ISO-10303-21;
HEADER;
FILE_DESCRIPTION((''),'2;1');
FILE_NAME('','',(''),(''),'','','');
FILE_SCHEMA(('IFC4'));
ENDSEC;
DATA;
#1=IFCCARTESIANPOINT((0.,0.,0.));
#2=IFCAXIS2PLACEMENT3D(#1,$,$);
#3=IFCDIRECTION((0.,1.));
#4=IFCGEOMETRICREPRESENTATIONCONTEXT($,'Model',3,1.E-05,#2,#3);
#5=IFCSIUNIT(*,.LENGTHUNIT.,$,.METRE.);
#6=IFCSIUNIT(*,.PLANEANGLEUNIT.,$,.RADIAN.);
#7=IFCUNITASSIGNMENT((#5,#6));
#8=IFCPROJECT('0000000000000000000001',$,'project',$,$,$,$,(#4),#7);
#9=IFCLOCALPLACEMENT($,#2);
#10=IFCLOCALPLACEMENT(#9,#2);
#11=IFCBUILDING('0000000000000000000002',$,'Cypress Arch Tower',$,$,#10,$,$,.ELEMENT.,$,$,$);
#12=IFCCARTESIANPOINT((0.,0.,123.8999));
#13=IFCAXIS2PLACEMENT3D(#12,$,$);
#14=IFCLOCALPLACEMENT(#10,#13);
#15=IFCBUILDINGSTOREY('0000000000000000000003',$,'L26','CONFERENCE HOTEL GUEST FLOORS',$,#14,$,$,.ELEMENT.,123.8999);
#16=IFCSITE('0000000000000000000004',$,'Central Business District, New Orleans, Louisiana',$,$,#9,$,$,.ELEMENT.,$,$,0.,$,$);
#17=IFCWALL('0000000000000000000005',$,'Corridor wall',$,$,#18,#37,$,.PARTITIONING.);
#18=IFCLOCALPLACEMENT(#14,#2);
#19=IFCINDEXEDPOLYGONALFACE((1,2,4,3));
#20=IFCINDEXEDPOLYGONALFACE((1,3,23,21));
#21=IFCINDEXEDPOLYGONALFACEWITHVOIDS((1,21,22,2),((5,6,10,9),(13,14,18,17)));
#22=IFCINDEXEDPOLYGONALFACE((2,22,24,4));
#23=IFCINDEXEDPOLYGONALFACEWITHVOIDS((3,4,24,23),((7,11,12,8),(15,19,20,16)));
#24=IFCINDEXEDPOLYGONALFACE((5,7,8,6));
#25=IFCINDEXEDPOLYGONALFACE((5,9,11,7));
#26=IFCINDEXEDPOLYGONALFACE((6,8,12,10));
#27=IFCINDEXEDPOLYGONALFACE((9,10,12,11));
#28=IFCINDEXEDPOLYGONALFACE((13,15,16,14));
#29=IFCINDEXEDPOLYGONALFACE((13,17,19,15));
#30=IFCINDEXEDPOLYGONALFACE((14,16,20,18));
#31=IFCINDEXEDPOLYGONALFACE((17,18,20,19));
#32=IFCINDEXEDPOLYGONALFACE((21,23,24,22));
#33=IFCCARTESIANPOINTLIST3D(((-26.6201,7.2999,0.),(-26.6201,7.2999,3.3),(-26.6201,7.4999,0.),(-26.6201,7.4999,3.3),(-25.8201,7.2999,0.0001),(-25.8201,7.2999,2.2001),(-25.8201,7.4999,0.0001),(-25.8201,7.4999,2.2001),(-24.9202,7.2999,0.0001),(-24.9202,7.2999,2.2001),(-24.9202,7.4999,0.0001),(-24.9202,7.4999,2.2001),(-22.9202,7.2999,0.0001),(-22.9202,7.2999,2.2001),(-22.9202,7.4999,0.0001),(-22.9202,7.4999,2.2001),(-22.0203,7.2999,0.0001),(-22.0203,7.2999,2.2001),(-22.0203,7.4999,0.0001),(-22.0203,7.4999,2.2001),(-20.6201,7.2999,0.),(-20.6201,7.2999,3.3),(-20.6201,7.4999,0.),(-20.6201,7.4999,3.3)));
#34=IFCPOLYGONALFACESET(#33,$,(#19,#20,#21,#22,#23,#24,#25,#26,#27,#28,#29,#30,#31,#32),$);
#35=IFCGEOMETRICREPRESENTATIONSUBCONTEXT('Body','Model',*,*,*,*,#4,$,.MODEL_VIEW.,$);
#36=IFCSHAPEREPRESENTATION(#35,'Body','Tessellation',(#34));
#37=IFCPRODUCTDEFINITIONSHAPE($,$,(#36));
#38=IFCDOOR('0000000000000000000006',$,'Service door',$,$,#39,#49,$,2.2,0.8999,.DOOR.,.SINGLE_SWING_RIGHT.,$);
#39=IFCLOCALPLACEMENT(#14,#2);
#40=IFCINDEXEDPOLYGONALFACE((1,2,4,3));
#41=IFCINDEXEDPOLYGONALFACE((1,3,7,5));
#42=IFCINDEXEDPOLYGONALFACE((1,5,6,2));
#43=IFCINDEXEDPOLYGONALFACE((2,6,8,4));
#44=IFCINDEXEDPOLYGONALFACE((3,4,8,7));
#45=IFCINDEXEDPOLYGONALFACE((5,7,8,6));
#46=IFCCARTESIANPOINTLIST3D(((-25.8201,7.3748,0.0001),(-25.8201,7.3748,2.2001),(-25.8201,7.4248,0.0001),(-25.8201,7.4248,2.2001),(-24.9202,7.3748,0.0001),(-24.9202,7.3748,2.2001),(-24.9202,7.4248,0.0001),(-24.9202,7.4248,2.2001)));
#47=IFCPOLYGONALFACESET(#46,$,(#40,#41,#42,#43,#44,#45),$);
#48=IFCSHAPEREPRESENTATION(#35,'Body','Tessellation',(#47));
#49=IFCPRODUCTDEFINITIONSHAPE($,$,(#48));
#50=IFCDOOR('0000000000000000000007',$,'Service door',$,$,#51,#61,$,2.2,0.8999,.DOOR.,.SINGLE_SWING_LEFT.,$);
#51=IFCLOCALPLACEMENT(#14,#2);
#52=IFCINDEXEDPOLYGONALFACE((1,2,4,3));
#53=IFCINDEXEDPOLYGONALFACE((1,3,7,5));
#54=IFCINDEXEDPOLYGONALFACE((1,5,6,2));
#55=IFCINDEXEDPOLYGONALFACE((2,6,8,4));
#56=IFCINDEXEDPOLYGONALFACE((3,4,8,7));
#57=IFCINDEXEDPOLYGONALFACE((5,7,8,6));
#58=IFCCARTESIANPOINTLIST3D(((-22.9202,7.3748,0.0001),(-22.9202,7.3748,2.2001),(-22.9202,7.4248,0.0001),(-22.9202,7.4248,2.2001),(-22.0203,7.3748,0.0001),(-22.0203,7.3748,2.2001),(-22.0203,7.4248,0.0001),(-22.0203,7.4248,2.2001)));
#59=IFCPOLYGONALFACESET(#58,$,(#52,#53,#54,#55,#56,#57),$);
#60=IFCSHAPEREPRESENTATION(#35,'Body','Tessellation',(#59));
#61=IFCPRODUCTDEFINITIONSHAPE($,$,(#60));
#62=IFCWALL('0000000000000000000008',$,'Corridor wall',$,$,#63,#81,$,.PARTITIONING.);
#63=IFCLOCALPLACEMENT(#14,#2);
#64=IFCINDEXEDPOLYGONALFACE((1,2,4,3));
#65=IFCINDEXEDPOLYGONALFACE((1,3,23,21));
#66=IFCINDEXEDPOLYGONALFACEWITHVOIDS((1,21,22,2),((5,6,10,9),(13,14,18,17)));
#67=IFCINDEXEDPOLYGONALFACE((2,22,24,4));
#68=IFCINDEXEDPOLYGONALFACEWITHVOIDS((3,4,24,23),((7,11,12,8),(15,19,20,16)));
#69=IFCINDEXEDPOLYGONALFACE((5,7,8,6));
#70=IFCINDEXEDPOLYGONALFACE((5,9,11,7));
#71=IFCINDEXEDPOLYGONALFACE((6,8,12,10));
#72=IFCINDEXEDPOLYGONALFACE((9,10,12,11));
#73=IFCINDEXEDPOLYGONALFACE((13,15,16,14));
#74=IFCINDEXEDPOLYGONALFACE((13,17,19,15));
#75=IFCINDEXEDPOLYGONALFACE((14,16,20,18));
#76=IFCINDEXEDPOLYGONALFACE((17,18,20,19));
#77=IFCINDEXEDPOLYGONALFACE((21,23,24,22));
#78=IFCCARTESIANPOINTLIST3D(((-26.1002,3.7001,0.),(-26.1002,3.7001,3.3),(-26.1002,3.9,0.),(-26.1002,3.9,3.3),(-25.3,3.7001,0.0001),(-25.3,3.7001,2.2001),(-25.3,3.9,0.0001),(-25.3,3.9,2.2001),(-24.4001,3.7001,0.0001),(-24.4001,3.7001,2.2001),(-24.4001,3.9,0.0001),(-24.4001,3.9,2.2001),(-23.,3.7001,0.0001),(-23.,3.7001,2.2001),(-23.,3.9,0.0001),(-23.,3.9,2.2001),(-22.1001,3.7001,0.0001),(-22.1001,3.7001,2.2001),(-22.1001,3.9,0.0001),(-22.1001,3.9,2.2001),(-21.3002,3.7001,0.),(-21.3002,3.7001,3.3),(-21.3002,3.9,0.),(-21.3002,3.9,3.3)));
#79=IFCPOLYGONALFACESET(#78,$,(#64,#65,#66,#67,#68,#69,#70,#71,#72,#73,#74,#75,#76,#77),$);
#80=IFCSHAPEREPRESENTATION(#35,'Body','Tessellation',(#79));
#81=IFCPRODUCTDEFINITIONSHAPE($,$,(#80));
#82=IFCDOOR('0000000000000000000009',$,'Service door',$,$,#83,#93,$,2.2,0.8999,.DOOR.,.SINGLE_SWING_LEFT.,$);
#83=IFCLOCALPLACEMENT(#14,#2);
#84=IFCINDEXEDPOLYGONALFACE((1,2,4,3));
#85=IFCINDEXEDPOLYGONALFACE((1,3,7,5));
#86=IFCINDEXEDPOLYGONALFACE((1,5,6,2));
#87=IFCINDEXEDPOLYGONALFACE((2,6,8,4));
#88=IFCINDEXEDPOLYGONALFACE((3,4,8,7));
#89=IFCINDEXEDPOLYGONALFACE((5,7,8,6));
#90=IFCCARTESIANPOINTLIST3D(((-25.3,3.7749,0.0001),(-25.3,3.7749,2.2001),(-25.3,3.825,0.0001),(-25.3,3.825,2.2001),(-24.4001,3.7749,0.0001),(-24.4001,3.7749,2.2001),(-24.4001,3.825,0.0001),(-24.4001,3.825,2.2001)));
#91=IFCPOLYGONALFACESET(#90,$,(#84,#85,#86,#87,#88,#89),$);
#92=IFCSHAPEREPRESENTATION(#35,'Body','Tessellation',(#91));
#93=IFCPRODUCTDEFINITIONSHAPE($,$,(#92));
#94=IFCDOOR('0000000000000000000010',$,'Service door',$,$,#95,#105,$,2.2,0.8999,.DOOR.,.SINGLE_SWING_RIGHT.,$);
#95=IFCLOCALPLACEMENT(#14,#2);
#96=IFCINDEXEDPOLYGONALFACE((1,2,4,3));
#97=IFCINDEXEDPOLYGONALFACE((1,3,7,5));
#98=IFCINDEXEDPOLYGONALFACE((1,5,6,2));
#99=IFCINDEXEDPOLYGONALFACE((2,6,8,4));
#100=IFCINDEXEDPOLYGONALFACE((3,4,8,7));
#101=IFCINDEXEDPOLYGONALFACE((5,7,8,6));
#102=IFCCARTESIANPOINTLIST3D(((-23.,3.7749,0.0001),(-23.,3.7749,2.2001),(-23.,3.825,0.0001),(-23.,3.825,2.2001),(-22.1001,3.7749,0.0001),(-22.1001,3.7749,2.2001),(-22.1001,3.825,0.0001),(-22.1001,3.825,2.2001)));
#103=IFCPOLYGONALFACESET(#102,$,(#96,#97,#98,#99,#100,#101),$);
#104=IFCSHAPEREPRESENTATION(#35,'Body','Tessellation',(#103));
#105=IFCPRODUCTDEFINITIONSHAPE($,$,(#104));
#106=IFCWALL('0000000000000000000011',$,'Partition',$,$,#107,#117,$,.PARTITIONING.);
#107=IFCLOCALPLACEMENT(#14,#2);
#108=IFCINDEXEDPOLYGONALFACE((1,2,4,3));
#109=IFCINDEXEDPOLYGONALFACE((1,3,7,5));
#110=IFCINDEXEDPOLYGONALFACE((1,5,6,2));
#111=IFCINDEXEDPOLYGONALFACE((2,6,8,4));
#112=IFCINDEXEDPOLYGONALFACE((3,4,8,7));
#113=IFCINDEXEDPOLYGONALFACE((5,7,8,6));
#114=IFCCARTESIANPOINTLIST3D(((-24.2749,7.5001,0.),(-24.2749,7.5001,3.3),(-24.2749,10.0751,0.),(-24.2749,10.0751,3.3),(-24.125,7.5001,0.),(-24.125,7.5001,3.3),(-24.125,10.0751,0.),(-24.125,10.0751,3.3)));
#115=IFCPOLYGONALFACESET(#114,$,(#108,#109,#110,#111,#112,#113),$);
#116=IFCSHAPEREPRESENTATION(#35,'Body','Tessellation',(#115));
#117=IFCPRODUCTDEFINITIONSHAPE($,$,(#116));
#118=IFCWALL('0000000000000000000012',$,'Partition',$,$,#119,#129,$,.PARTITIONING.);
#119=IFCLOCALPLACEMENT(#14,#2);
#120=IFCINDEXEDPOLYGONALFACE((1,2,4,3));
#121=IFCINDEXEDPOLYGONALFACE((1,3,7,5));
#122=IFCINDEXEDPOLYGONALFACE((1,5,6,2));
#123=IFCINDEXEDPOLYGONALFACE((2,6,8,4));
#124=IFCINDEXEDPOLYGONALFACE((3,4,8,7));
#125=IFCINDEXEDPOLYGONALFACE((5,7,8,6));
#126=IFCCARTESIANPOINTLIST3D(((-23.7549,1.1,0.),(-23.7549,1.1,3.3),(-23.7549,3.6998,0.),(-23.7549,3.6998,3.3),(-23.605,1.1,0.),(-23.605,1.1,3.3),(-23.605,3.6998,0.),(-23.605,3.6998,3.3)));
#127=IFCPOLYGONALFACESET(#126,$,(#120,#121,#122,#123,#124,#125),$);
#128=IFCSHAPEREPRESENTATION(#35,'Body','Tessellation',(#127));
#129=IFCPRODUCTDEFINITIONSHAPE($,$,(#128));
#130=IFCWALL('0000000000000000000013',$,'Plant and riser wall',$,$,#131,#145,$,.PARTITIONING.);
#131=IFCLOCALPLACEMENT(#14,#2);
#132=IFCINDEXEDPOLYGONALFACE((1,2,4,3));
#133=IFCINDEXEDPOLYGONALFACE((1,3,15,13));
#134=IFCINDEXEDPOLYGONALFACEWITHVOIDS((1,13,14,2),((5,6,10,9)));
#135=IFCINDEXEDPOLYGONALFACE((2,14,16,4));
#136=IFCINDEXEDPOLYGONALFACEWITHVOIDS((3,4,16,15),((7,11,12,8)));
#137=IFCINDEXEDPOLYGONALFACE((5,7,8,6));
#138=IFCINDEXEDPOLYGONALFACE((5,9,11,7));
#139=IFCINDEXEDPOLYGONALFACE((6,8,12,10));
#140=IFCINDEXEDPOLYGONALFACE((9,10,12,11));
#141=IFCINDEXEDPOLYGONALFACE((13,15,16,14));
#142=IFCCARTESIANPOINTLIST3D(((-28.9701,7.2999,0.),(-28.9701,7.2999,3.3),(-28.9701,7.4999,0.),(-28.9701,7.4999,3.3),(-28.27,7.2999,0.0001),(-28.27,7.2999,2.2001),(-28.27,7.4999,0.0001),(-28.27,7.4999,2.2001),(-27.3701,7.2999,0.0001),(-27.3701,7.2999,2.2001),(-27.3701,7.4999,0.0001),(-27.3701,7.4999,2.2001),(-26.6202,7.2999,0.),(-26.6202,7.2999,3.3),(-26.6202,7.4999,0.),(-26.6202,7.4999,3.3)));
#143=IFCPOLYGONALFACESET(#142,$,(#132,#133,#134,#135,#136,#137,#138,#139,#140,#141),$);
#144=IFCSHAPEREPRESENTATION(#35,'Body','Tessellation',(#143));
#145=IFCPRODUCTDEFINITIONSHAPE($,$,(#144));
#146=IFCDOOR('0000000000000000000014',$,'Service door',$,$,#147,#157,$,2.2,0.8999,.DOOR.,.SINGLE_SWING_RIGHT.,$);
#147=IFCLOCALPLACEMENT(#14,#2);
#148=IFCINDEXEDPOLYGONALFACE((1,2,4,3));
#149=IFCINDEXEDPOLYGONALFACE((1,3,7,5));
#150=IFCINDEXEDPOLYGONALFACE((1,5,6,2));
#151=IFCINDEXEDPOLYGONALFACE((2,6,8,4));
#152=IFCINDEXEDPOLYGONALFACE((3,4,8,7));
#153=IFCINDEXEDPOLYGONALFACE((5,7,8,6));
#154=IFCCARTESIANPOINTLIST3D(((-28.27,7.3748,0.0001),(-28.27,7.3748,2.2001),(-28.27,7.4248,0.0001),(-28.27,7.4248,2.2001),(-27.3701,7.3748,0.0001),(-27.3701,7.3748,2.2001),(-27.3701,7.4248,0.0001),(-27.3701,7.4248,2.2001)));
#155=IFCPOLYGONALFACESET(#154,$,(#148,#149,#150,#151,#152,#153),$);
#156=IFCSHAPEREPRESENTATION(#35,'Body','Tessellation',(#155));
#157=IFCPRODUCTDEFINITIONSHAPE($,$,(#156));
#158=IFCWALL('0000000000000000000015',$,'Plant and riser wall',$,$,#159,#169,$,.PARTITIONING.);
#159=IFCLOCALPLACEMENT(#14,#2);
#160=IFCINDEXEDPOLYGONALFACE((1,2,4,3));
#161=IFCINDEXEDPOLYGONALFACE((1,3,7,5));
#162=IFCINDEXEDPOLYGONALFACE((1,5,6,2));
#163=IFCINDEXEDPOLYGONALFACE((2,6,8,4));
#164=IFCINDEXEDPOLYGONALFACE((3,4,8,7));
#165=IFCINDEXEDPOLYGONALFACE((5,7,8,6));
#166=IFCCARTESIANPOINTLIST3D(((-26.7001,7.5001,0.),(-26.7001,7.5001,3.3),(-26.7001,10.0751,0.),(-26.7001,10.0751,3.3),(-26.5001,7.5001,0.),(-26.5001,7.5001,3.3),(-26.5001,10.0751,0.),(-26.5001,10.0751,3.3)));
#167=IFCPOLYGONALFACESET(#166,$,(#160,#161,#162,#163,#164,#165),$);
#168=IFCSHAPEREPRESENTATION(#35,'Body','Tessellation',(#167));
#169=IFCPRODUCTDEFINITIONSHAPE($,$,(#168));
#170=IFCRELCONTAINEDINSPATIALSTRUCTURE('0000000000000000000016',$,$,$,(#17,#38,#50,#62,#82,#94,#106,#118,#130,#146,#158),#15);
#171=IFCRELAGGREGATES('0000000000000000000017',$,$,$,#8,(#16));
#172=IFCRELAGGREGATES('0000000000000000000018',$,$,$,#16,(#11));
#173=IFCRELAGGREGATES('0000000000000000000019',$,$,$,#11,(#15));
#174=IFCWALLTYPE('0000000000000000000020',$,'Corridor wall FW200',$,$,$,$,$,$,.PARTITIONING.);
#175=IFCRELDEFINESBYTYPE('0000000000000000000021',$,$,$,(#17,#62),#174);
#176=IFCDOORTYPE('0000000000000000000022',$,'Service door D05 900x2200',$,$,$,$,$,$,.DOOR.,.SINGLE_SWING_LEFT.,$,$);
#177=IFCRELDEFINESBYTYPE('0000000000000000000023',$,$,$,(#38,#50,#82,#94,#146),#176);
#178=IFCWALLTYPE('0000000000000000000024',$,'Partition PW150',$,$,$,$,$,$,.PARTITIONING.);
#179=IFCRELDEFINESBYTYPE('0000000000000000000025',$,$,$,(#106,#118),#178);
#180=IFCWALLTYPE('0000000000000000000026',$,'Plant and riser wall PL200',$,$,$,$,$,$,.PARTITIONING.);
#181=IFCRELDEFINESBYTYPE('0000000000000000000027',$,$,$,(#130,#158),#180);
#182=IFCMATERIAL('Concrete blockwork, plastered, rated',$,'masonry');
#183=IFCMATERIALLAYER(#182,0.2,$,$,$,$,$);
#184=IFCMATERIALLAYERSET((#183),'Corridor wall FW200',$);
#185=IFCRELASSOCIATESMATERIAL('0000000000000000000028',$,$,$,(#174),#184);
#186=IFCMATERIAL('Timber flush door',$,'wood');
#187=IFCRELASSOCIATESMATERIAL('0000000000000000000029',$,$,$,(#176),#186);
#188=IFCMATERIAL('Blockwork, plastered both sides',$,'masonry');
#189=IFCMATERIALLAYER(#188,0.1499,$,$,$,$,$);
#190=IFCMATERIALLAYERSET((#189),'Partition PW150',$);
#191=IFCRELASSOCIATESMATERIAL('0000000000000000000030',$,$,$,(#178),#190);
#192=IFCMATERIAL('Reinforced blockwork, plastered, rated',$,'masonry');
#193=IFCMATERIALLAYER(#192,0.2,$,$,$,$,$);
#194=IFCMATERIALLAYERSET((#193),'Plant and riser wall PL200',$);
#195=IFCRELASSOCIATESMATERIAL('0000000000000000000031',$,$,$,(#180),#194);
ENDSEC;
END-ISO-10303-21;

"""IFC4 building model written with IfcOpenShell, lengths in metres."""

from ifc_helpers import new_model, si_unit, direction, frame, frame_2d, origin, place, context, subcontext, project, spatial, rectangle, extrude, material, layer, layer_set, type_object, element, fill, save


model = new_model("IFC4")

# Units and contexts
model_context = context("Model", 3, precision=1e-05, world=origin(), true_north=direction((0.0, 1.0)))
body_context = subcontext(model_context, "Body", "Model", "MODEL_VIEW")
ifc_project = project(units=[si_unit("LENGTHUNIT", "METRE"), si_unit("PLANEANGLEUNIT", "RADIAN")], contexts=[model_context])

# Site, building, storey
site_placement = place(None, origin())
site = spatial("IfcSite", under=ifc_project, at=site_placement, Name="Central Business District, New Orleans, Louisiana", CompositionType="ELEMENT", RefElevation=0.0)
building_placement = place(site_placement, origin())
building = spatial("IfcBuilding", under=site, at=building_placement, Name="Cypress Arch Tower", CompositionType="ELEMENT")
storey_placement = place(building_placement, frame((0.0, 0.0, 123.8999)))
storey = spatial("IfcBuildingStorey", under=building, at=storey_placement, Name="L26", Description="CONFERENCE HOTEL GUEST FLOORS", CompositionType="ELEMENT", Elevation=123.8999)

# Walls, openings, doors
ifc_material_1 = material(Name="Concrete blockwork, plastered, rated", Category="masonry")
ifc_layer_1 = layer(ifc_material_1, 0.2)
ifc_layer_set_1 = layer_set([ifc_layer_1], Name="Corridor wall FW200")
wall_type_1 = type_object("IfcWallType", Name="Corridor wall FW200", PredefinedType="PARTITIONING", material=ifc_layer_set_1)
wall_1_placement = place(storey_placement, frame((-26.6201, 7.3999, 0.0), z_axis=(0.0, 0.0, 1.0), x_axis=(1.0, 0.0, 0.0)))
wall_1 = element("IfcWall", 1, at=wall_1_placement, inside=storey, type_object=wall_type_1, Name="Corridor wall", PredefinedType="PARTITIONING", context=body_context, shape_type="SweptSolid", body=[
    extrude(rectangle(XDim=6.0, YDim=0.2, at=frame_2d((3.0, 0.0))), origin(), (0.0, 0.0, 1.0), 3.3),
])
opening_1_placement = place(wall_1_placement, frame((0.8, 0.0, 0.0)))
opening_1 = element("IfcOpeningElement", 2, at=opening_1_placement, cuts=wall_1, PredefinedType="OPENING", context=body_context, shape_type="SweptSolid", body=[
    extrude(rectangle(XDim=0.8999, YDim=2.2, at=frame_2d((0.45, 1.1001))), frame((0.0, 0.1099, 0.0), z_axis=(0.0, -1.0, 0.0), x_axis=(1.0, 0.0, 0.0)), (0.0, 0.0, 1.0), 0.22),
])
opening_2_placement = place(wall_1_placement, frame((3.7, 0.0, 0.0)))
opening_2 = element("IfcOpeningElement", 3, at=opening_2_placement, cuts=wall_1, PredefinedType="OPENING", context=body_context, shape_type="SweptSolid", body=[
    extrude(rectangle(XDim=0.8999, YDim=2.2, at=frame_2d((0.45, 1.1001))), frame((0.0, 0.1099, 0.0), z_axis=(0.0, -1.0, 0.0), x_axis=(1.0, 0.0, 0.0)), (0.0, 0.0, 1.0), 0.22),
])
ifc_material_2 = material(Name="Timber flush door", Category="wood")
door_type = type_object("IfcDoorType", Name="Service door D05 900x2200", OperationType="SINGLE_SWING_LEFT", PredefinedType="DOOR", material=ifc_material_2)
door_1_placement = place(opening_1_placement, origin())
door_1 = element("IfcDoor", 4, at=door_1_placement, inside=storey, type_object=door_type, Name="Service door", OperationType="SINGLE_SWING_RIGHT", OverallHeight=2.2, OverallWidth=0.8999, PredefinedType="DOOR", context=body_context, shape_type="SweptSolid", body=[
    extrude(rectangle(XDim=0.8999, YDim=2.2, at=frame_2d((0.45, 1.1001))), frame((0.0, 0.0249, 0.0), z_axis=(0.0, -1.0, 0.0), x_axis=(1.0, 0.0, 0.0)), (0.0, 0.0, 1.0), 0.05),
])
fill(opening_1, door_1)
door_2_placement = place(opening_2_placement, origin())
door_2 = element("IfcDoor", 5, at=door_2_placement, inside=storey, type_object=door_type, Name="Service door", OperationType="SINGLE_SWING_LEFT", OverallHeight=2.2, OverallWidth=0.8999, PredefinedType="DOOR", context=body_context, shape_type="SweptSolid", body=[
    extrude(rectangle(XDim=0.8999, YDim=2.2, at=frame_2d((0.45, 1.1001))), frame((0.0, 0.0249, 0.0), z_axis=(0.0, -1.0, 0.0), x_axis=(1.0, 0.0, 0.0)), (0.0, 0.0, 1.0), 0.05),
])
fill(opening_2, door_2)
wall_2_placement = place(storey_placement, frame((-26.1001, 3.8, 0.0), z_axis=(0.0, 0.0, 1.0), x_axis=(1.0, 0.0, 0.0)))
wall_2 = element("IfcWall", 6, at=wall_2_placement, inside=storey, type_object=wall_type_1, Name="Corridor wall", PredefinedType="PARTITIONING", context=body_context, shape_type="SweptSolid", body=[
    extrude(rectangle(XDim=4.8, YDim=0.2, at=frame_2d((2.3999, 0.0))), origin(), (0.0, 0.0, 1.0), 3.3),
])
opening_3_placement = place(wall_2_placement, frame((0.8, 0.0, 0.0)))
opening_3 = element("IfcOpeningElement", 7, at=opening_3_placement, cuts=wall_2, PredefinedType="OPENING", context=body_context, shape_type="SweptSolid", body=[
    extrude(rectangle(XDim=0.8999, YDim=2.2, at=frame_2d((0.45, 1.1001))), frame((0.0, 0.1099, 0.0), z_axis=(0.0, -1.0, 0.0), x_axis=(1.0, 0.0, 0.0)), (0.0, 0.0, 1.0), 0.22),
])
opening_4_placement = place(wall_2_placement, frame((3.1001, 0.0, 0.0)))
opening_4 = element("IfcOpeningElement", 8, at=opening_4_placement, cuts=wall_2, PredefinedType="OPENING", context=body_context, shape_type="SweptSolid", body=[
    extrude(rectangle(XDim=0.8999, YDim=2.2, at=frame_2d((0.45, 1.1001))), frame((0.0, 0.1099, 0.0), z_axis=(0.0, -1.0, 0.0), x_axis=(1.0, 0.0, 0.0)), (0.0, 0.0, 1.0), 0.22),
])
door_3_placement = place(opening_3_placement, origin())
door_3 = element("IfcDoor", 9, at=door_3_placement, inside=storey, type_object=door_type, Name="Service door", OperationType="SINGLE_SWING_LEFT", OverallHeight=2.2, OverallWidth=0.8999, PredefinedType="DOOR", context=body_context, shape_type="SweptSolid", body=[
    extrude(rectangle(XDim=0.8999, YDim=2.2, at=frame_2d((0.45, 1.1001))), frame((0.0, 0.0249, 0.0), z_axis=(0.0, -1.0, 0.0), x_axis=(1.0, 0.0, 0.0)), (0.0, 0.0, 1.0), 0.05),
])
fill(opening_3, door_3)
door_4_placement = place(opening_4_placement, origin())
door_4 = element("IfcDoor", 10, at=door_4_placement, inside=storey, type_object=door_type, Name="Service door", OperationType="SINGLE_SWING_RIGHT", OverallHeight=2.2, OverallWidth=0.8999, PredefinedType="DOOR", context=body_context, shape_type="SweptSolid", body=[
    extrude(rectangle(XDim=0.8999, YDim=2.2, at=frame_2d((0.45, 1.1001))), frame((0.0, 0.0249, 0.0), z_axis=(0.0, -1.0, 0.0), x_axis=(1.0, 0.0, 0.0)), (0.0, 0.0, 1.0), 0.05),
])
fill(opening_4, door_4)

# Walls
ifc_material_3 = material(Name="Blockwork, plastered both sides", Category="masonry")
ifc_layer_2 = layer(ifc_material_3, 0.1499)
ifc_layer_set_2 = layer_set([ifc_layer_2], Name="Partition PW150")
wall_type_2 = type_object("IfcWallType", Name="Partition PW150", PredefinedType="PARTITIONING", material=ifc_layer_set_2)
wall_3_placement = place(storey_placement, frame((-24.2, 7.5, 0.0), z_axis=(0.0, 0.0, 1.0), x_axis=(0.0, 1.0, 0.0)))
element("IfcWall", 11, at=wall_3_placement, inside=storey, type_object=wall_type_2, Name="Partition", PredefinedType="PARTITIONING", context=body_context, shape_type="SweptSolid", body=[
    extrude(rectangle(XDim=2.575, YDim=0.1499, at=frame_2d((1.2876, 0.0))), origin(), (0.0, 0.0, 1.0), 3.3),
])
wall_4_placement = place(storey_placement, frame((-23.6799, 1.1001, 0.0), z_axis=(0.0, 0.0, 1.0), x_axis=(0.0, 1.0, 0.0)))
element("IfcWall", 12, at=wall_4_placement, inside=storey, type_object=wall_type_2, Name="Partition", PredefinedType="PARTITIONING", context=body_context, shape_type="SweptSolid", body=[
    extrude(rectangle(XDim=2.5999, YDim=0.1499, at=frame_2d((1.2998, 0.0))), origin(), (0.0, 0.0, 1.0), 3.3),
])

# Wall, opening, door
ifc_material_4 = material(Name="Reinforced blockwork, plastered, rated", Category="masonry")
ifc_layer_3 = layer(ifc_material_4, 0.2)
ifc_layer_set_3 = layer_set([ifc_layer_3], Name="Plant and riser wall PL200")
wall_type_3 = type_object("IfcWallType", Name="Plant and riser wall PL200", PredefinedType="PARTITIONING", material=ifc_layer_set_3)
wall_5_placement = place(storey_placement, frame((-28.97, 7.3999, 0.0), z_axis=(0.0, 0.0, 1.0), x_axis=(1.0, 0.0, 0.0)))
wall_5 = element("IfcWall", 13, at=wall_5_placement, inside=storey, type_object=wall_type_3, Name="Plant and riser wall", PredefinedType="PARTITIONING", context=body_context, shape_type="SweptSolid", body=[
    extrude(rectangle(XDim=2.3499, YDim=0.2, at=frame_2d((1.1748, 0.0))), origin(), (0.0, 0.0, 1.0), 3.3),
])
opening_5_placement = place(wall_5_placement, frame((0.7, 0.0, 0.0)))
opening_5 = element("IfcOpeningElement", 14, at=opening_5_placement, cuts=wall_5, PredefinedType="OPENING", context=body_context, shape_type="SweptSolid", body=[
    extrude(rectangle(XDim=0.8999, YDim=2.2, at=frame_2d((0.45, 1.1001))), frame((0.0, 0.1099, 0.0), z_axis=(0.0, -1.0, 0.0), x_axis=(1.0, 0.0, 0.0)), (0.0, 0.0, 1.0), 0.22),
])
door_5_placement = place(opening_5_placement, origin())
door_5 = element("IfcDoor", 15, at=door_5_placement, inside=storey, type_object=door_type, Name="Service door", OperationType="SINGLE_SWING_RIGHT", OverallHeight=2.2, OverallWidth=0.8999, PredefinedType="DOOR", context=body_context, shape_type="SweptSolid", body=[
    extrude(rectangle(XDim=0.8999, YDim=2.2, at=frame_2d((0.45, 1.1001))), frame((0.0, 0.0249, 0.0), z_axis=(0.0, -1.0, 0.0), x_axis=(1.0, 0.0, 0.0)), (0.0, 0.0, 1.0), 0.05),
])
fill(opening_5, door_5)

# Wall
wall_6_placement = place(storey_placement, frame((-26.6001, 7.5, 0.0), z_axis=(0.0, 0.0, 1.0), x_axis=(0.0, 1.0, 0.0)))
element("IfcWall", 16, at=wall_6_placement, inside=storey, type_object=wall_type_3, Name="Plant and riser wall", PredefinedType="PARTITIONING", context=body_context, shape_type="SweptSolid", body=[
    extrude(rectangle(XDim=2.575, YDim=0.2, at=frame_2d((1.2876, 0.0))), origin(), (0.0, 0.0, 1.0), 3.3),
])

save(model, "model.ifc")
